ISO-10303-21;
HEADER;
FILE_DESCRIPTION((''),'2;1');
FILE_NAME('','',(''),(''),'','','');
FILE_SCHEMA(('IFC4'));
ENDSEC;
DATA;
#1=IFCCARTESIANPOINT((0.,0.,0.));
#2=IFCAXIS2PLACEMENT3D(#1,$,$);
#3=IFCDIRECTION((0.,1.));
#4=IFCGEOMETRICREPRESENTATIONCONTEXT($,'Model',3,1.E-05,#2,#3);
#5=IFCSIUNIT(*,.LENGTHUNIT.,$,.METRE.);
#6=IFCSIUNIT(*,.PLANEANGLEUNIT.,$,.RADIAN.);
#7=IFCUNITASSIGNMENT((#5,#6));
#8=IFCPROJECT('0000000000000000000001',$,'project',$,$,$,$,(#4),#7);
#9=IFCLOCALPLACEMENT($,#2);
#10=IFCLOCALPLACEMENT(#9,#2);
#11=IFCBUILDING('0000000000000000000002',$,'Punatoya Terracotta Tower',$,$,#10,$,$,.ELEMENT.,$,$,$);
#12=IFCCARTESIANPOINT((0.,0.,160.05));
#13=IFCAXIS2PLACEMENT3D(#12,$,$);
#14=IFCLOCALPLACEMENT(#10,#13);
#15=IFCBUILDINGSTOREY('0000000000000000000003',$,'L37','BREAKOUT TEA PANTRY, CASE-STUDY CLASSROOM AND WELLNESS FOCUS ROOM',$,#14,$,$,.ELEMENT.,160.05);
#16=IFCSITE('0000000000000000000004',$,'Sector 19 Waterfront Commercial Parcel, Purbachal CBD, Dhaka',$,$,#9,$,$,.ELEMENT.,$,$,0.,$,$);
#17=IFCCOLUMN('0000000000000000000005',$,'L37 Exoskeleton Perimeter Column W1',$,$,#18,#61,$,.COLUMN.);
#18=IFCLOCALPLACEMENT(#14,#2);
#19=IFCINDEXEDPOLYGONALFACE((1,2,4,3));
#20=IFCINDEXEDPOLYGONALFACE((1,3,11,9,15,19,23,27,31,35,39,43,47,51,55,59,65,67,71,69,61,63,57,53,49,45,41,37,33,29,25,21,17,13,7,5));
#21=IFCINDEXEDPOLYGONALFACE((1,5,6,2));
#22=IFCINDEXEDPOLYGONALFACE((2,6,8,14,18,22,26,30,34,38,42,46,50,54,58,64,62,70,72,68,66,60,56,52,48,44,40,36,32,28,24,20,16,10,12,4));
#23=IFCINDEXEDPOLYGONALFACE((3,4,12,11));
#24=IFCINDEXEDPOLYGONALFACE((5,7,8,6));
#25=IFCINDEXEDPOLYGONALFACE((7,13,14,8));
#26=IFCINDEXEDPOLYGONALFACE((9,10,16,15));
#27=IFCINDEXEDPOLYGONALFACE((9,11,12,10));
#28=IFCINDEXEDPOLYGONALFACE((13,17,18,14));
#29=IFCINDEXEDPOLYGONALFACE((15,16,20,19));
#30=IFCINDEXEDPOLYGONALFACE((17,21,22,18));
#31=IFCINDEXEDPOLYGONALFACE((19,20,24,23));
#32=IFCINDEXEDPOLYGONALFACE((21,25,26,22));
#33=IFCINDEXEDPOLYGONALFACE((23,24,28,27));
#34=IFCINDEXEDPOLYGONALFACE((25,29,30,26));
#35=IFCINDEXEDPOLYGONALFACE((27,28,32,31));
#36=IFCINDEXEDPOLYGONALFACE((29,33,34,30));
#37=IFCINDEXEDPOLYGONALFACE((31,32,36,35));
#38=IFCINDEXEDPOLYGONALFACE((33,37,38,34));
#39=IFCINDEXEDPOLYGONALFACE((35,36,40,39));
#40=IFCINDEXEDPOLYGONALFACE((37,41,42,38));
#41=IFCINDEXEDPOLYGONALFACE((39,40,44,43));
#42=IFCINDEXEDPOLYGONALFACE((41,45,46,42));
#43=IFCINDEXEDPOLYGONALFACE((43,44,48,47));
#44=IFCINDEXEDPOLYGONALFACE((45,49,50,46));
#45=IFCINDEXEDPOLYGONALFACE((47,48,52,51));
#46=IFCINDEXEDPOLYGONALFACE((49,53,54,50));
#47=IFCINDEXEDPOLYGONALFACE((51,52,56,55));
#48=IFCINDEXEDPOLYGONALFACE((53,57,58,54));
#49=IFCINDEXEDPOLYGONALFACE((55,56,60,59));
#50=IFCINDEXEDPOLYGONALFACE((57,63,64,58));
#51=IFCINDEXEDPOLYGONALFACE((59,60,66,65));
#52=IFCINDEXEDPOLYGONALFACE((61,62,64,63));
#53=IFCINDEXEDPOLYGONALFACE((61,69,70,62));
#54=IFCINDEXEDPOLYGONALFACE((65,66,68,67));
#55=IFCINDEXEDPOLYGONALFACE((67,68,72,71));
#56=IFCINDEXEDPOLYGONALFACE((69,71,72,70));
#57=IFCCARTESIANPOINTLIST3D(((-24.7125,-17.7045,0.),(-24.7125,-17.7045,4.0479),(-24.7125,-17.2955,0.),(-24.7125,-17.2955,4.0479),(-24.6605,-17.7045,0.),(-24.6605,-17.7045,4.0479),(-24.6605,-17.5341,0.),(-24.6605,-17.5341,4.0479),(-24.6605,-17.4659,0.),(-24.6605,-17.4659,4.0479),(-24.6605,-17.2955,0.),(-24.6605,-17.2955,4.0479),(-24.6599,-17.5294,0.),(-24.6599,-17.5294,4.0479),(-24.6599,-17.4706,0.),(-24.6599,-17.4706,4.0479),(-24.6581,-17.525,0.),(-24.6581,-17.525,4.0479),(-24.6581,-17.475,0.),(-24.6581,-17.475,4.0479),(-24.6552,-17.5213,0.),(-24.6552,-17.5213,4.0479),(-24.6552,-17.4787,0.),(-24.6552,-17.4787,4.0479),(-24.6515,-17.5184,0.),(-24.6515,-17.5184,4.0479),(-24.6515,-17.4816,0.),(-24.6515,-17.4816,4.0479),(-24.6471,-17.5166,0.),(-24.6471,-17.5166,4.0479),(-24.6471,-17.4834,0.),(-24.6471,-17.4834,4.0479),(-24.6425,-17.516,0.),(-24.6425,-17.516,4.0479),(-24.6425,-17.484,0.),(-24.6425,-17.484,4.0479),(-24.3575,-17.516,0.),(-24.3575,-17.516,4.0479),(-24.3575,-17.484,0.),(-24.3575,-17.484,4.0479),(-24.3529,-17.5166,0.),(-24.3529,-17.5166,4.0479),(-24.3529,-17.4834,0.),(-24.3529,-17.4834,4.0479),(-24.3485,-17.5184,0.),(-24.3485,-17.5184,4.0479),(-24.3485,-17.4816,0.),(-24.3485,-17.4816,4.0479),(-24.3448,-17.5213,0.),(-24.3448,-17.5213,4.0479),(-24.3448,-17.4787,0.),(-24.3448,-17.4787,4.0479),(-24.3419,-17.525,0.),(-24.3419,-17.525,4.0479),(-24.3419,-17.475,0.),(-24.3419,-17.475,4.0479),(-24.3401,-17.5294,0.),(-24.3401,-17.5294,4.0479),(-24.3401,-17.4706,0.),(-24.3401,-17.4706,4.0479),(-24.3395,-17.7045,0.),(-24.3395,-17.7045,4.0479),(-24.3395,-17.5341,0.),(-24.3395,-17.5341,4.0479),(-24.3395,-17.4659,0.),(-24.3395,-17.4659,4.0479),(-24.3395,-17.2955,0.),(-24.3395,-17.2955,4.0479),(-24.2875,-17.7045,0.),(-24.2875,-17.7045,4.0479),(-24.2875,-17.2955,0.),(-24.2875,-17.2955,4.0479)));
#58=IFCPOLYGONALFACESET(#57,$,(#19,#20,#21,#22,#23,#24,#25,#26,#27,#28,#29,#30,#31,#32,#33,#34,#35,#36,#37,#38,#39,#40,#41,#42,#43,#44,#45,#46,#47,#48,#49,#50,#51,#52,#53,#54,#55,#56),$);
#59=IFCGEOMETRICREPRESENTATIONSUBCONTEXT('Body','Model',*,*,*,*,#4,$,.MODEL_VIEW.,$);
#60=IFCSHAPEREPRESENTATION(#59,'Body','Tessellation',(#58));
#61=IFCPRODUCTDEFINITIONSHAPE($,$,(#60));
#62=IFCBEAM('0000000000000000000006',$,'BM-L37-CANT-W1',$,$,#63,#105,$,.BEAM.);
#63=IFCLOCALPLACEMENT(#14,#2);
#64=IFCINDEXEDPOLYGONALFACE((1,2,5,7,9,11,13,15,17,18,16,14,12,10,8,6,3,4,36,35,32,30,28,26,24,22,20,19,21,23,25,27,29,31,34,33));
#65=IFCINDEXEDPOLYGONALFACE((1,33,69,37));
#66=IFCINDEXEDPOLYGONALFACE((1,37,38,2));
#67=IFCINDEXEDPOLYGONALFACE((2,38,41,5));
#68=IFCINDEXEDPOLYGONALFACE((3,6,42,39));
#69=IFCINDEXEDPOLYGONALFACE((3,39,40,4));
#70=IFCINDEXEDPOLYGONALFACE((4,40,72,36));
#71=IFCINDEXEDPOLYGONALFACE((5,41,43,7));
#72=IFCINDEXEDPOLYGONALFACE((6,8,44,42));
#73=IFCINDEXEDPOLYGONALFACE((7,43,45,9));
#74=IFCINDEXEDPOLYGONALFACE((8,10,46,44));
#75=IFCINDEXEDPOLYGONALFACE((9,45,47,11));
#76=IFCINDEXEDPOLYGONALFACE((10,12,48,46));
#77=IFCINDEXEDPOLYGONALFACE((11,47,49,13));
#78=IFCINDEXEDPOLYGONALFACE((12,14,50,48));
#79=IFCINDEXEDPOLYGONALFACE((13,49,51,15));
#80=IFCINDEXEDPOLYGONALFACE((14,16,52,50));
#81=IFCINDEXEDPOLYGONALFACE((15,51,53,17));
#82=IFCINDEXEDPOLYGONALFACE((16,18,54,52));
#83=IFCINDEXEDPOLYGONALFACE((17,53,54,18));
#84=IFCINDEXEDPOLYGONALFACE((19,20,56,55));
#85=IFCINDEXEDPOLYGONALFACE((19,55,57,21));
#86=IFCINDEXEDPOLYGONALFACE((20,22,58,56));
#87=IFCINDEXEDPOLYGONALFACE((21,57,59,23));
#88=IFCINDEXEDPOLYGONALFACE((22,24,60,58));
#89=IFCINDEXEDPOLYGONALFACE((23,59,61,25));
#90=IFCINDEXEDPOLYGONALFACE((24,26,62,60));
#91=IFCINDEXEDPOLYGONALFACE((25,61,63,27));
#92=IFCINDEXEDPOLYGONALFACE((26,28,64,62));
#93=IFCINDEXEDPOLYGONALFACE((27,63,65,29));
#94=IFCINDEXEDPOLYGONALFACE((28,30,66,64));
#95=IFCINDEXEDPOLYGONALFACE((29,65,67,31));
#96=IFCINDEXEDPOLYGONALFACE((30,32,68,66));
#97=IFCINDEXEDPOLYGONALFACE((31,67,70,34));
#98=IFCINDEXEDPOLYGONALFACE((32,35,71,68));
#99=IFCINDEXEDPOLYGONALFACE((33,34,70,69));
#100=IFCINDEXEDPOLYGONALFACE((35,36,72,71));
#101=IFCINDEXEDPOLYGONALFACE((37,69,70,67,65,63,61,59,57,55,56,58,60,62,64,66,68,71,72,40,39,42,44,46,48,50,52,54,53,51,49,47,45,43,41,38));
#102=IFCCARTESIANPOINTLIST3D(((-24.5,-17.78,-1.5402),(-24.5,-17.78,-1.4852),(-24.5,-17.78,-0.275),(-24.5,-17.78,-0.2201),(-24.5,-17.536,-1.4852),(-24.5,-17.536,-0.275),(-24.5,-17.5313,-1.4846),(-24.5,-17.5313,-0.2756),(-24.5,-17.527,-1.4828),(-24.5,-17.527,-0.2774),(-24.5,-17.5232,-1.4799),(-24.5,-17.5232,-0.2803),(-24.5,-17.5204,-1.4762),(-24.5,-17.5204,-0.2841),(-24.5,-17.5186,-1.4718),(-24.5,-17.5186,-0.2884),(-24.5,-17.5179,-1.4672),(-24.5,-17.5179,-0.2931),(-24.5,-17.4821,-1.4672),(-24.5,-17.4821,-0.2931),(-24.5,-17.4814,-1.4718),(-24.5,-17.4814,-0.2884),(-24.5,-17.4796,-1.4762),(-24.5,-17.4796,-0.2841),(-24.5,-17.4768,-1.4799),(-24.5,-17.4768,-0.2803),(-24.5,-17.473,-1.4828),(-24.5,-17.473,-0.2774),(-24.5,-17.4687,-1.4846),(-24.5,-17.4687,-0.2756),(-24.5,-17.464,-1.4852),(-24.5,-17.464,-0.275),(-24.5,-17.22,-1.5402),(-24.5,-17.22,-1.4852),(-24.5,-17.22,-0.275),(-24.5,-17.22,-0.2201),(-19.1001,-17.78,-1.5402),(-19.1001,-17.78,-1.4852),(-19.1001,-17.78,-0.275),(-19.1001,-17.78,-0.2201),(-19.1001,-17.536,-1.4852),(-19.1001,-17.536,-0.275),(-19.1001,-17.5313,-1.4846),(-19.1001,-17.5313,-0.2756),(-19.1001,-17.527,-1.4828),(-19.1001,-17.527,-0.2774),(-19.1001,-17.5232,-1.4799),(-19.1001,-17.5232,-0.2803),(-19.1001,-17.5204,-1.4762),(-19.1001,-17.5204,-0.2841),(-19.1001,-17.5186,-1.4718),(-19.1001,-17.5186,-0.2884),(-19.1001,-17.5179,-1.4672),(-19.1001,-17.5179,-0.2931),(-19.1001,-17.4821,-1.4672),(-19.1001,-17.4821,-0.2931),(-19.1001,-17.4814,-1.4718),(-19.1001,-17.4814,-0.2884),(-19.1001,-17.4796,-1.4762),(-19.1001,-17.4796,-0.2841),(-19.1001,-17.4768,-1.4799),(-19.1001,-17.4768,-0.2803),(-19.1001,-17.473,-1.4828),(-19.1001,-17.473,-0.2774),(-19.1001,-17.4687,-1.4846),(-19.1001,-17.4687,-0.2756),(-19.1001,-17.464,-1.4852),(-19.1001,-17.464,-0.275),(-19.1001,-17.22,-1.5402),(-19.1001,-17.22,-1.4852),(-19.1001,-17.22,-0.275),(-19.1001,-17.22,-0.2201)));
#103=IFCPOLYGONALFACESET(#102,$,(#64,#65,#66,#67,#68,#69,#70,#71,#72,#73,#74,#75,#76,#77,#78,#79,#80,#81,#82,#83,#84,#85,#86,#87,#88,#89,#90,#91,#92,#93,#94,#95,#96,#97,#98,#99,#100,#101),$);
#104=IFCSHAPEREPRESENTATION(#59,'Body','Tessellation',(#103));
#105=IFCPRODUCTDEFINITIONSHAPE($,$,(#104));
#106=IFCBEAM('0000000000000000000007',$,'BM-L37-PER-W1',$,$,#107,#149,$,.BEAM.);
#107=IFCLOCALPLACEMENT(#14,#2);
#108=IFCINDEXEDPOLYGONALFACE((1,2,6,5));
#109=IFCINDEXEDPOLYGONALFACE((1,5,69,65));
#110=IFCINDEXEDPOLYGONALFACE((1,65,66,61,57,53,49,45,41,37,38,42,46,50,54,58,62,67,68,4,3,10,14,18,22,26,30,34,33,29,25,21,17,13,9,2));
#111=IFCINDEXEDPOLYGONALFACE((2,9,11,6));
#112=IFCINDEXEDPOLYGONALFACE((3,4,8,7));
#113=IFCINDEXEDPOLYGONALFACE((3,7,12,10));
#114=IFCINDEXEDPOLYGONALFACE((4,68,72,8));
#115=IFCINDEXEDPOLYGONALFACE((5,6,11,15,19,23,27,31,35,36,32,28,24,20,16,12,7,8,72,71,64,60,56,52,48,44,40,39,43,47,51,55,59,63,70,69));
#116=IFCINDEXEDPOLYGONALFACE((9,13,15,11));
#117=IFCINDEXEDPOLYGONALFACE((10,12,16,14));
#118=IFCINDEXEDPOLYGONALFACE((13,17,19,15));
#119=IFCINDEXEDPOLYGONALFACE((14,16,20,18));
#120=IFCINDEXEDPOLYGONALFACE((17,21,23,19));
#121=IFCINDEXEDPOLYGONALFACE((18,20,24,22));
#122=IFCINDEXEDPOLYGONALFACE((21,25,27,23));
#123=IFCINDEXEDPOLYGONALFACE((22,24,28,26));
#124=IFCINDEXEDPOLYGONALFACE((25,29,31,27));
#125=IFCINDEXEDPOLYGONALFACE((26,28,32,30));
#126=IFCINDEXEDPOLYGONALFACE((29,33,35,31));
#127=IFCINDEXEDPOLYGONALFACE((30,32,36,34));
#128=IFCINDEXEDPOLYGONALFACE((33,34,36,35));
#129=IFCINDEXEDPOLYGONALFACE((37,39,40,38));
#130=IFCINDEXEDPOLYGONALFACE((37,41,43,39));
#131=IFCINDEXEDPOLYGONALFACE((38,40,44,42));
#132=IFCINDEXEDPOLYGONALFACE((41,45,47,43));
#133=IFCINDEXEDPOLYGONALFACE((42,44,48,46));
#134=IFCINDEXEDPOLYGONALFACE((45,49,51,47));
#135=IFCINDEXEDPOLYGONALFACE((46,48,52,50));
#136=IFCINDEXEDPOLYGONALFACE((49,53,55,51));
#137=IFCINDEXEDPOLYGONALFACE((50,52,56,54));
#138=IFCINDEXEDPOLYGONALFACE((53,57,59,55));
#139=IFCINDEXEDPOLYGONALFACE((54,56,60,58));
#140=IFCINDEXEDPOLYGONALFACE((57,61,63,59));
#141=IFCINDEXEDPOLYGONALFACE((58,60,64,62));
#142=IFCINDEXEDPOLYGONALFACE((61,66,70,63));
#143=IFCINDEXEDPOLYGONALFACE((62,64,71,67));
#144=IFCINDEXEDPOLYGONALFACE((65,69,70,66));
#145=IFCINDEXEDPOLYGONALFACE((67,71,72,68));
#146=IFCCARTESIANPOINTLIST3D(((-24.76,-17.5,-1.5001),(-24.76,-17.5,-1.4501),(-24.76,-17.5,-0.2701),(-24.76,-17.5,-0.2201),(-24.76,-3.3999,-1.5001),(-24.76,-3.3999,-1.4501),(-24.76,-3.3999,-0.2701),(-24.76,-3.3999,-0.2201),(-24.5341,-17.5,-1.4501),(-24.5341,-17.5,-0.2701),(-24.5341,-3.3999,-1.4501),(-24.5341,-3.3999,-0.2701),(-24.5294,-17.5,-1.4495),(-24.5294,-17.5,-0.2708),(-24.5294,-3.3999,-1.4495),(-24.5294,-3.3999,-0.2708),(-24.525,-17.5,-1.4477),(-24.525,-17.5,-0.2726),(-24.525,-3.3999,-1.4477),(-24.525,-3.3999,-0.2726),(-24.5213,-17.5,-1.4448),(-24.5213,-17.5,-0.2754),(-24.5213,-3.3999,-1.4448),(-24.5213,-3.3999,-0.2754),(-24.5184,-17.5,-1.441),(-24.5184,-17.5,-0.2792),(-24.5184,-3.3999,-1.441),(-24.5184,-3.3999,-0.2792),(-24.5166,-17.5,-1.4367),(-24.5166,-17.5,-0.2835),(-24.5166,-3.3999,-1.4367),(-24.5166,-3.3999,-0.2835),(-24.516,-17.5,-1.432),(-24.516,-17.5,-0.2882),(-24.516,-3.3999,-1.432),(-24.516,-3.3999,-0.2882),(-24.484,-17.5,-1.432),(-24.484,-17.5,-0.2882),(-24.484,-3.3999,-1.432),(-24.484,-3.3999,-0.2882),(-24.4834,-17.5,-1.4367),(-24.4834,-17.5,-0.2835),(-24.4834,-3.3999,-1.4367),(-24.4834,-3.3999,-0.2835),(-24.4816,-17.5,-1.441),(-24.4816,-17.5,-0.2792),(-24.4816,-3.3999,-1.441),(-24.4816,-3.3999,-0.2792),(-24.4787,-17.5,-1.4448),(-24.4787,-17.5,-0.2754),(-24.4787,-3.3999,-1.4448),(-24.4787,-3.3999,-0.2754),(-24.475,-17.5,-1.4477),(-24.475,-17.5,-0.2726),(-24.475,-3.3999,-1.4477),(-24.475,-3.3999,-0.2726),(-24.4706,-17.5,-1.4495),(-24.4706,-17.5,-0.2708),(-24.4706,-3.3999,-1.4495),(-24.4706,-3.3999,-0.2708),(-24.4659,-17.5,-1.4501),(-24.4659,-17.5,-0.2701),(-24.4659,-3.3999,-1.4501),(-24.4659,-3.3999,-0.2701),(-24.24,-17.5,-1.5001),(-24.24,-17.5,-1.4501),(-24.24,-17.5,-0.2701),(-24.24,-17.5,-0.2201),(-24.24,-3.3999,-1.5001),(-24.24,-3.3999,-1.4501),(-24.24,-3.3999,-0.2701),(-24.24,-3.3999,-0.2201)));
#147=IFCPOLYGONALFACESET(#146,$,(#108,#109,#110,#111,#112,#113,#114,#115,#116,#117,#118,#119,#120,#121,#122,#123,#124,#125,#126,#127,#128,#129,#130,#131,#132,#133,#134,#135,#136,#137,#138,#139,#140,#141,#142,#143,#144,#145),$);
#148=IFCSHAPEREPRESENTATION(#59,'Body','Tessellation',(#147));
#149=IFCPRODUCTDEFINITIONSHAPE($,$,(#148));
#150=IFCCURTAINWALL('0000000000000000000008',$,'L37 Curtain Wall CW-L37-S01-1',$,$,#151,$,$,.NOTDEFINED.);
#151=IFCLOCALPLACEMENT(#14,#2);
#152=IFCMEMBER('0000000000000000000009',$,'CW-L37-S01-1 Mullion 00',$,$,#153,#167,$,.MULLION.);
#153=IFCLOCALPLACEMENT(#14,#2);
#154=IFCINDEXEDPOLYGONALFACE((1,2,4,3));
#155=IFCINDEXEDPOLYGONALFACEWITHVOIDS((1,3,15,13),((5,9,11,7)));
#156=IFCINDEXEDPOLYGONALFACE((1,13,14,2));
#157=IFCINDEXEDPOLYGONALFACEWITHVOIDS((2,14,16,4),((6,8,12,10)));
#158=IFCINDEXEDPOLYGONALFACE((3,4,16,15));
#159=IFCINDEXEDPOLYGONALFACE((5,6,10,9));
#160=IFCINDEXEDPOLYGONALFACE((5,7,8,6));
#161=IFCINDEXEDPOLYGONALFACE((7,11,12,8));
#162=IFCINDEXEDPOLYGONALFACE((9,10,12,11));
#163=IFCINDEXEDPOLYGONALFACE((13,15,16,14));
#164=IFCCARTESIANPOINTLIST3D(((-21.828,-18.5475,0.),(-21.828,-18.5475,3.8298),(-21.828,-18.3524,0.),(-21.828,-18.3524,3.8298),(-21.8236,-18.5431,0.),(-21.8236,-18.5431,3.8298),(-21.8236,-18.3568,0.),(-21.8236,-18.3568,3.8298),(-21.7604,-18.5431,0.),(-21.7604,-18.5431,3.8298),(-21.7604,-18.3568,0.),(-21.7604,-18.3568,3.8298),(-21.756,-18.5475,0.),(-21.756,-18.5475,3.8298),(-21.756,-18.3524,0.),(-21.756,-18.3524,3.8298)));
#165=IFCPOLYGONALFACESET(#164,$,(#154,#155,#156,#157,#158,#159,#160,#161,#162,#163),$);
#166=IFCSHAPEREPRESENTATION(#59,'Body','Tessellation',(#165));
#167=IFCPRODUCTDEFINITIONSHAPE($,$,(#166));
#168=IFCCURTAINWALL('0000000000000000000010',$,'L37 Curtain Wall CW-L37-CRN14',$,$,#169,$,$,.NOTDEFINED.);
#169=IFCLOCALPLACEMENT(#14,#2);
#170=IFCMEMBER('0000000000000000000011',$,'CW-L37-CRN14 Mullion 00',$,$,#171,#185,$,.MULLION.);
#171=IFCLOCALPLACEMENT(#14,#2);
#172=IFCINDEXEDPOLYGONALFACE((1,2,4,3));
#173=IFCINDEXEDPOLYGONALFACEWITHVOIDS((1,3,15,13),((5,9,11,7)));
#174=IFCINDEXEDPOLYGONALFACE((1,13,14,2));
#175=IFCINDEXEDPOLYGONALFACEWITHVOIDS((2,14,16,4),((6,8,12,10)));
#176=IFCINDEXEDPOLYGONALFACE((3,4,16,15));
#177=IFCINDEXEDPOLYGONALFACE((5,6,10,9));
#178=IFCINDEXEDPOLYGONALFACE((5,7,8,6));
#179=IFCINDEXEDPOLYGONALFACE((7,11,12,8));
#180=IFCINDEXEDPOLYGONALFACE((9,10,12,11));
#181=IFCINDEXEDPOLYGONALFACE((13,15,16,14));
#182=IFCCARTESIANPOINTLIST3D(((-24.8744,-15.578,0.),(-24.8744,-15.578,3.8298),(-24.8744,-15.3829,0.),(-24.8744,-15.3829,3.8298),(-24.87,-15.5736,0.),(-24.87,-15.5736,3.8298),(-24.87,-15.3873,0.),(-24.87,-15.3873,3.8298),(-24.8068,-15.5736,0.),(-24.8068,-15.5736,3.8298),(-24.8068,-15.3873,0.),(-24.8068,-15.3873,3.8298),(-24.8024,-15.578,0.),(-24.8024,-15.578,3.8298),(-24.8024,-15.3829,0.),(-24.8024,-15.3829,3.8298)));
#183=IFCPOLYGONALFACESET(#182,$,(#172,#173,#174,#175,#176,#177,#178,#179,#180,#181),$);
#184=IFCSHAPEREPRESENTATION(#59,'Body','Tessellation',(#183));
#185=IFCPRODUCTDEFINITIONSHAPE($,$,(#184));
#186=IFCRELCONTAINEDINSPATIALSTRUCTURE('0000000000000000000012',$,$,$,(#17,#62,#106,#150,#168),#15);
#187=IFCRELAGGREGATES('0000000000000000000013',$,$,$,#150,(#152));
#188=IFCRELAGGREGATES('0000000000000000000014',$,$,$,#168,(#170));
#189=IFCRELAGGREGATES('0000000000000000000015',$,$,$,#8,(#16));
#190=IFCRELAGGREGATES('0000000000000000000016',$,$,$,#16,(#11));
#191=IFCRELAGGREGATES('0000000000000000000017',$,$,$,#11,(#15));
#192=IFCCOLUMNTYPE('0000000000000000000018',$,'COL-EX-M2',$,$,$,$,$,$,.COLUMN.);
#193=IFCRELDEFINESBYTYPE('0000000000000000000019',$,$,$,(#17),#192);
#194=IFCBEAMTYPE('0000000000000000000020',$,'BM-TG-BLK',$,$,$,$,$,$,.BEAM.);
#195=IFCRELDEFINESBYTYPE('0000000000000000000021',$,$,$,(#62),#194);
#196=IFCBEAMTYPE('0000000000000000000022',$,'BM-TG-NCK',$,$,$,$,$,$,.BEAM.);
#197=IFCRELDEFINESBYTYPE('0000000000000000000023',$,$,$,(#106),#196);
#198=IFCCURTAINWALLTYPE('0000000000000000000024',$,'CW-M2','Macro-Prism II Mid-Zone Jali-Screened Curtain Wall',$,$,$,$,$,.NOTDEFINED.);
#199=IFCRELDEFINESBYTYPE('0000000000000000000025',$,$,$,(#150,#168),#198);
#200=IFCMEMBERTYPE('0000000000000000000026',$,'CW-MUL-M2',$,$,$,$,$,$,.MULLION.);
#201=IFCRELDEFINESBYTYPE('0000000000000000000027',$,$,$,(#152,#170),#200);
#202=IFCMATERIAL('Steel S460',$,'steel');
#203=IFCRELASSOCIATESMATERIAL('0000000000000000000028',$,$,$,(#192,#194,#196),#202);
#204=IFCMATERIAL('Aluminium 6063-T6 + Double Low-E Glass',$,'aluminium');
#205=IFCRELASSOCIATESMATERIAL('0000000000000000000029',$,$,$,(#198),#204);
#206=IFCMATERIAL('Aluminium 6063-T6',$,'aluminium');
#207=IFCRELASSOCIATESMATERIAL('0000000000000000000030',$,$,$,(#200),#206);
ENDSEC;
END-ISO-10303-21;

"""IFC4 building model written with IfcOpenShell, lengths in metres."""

from ifc_helpers import new_model, si_unit, direction, frame, origin, origin_2d, place, context, subcontext, project, spatial, hollow_rectangle, i_section, extrude, material, material_profile, profile_set, type_object, element, aggregate, save


model = new_model("IFC4")

# Units and contexts
model_context = context("Model", 3, precision=1e-05, world=origin(), true_north=direction((0.0, 1.0)))
body_context = subcontext(model_context, "Body", "Model", "MODEL_VIEW")
ifc_project = project(units=[si_unit("LENGTHUNIT", "METRE"), si_unit("PLANEANGLEUNIT", "RADIAN")], contexts=[model_context])

# Site, building, storey
site_placement = place(None, origin())
site = spatial("IfcSite", under=ifc_project, at=site_placement, Name="Sector 19 Waterfront Commercial Parcel, Purbachal CBD, Dhaka", CompositionType="ELEMENT", RefElevation=0.0)
building_placement = place(site_placement, origin())
building = spatial("IfcBuilding", under=site, at=building_placement, Name="Punatoya Terracotta Tower", CompositionType="ELEMENT")
storey_placement = place(building_placement, frame((0.0, 0.0, 160.05)))
storey = spatial("IfcBuildingStorey", under=building, at=storey_placement, Name="L37", Description="BREAKOUT TEA PANTRY, CASE-STUDY CLASSROOM AND WELLNESS FOCUS ROOM", CompositionType="ELEMENT", Elevation=160.05)

# Column
ifc_material_1 = material(Name="Steel S460", Category="steel")
ifc_material_profile_1 = material_profile(ifc_material_1, i_section(OverallWidth=0.4089, OverallDepth=0.425, WebThickness=0.032, FlangeThickness=0.052, FilletRadius=0.0181, at=origin_2d()))
ifc_profile_set_1 = profile_set([ifc_material_profile_1], Name="Steel S460")
column_type = type_object("IfcColumnType", Name="COL-EX-M2", PredefinedType="COLUMN", material=ifc_profile_set_1)
column_placement = place(storey_placement, frame((-24.5, -17.5, 0.0), z_axis=(0.0, 0.0, 1.0), x_axis=(0.0, 1.0, 0.0)))
element("IfcColumn", 1, at=column_placement, inside=storey, type_object=column_type, Name="L37 Exoskeleton Perimeter Column W1", PredefinedType="COLUMN", context=body_context, shape_type="SweptSolid", body=[
    extrude(i_section(OverallWidth=0.4089, OverallDepth=0.425, WebThickness=0.032, FlangeThickness=0.052, FilletRadius=0.0181, at=origin_2d()), origin(), (0.0, 0.0, 1.0), 4.0479),
])

# Beams
ifc_material_profile_2 = material_profile(ifc_material_1, i_section(OverallWidth=0.5601, OverallDepth=1.3201, WebThickness=0.0359, FlangeThickness=0.0549, FilletRadius=0.0181, at=origin_2d()))
ifc_profile_set_2 = profile_set([ifc_material_profile_2], Name="Steel S460")
beam_type_1 = type_object("IfcBeamType", Name="BM-TG-BLK", PredefinedType="BEAM", material=ifc_profile_set_2)
beam_1_placement = place(storey_placement, frame((-24.5, -17.5, -0.8801), z_axis=(1.0, 0.0, 0.0), x_axis=(0.0, 1.0, 0.0)))
element("IfcBeam", 2, at=beam_1_placement, inside=storey, type_object=beam_type_1, Name="BM-L37-CANT-W1", PredefinedType="BEAM", context=body_context, shape_type="SweptSolid", body=[
    extrude(i_section(OverallWidth=0.5601, OverallDepth=1.3201, WebThickness=0.0359, FlangeThickness=0.0549, FilletRadius=0.0181, at=origin_2d()), origin(), (0.0, 0.0, 1.0), 5.3999),
])
ifc_material_profile_3 = material_profile(ifc_material_1, i_section(OverallWidth=0.52, OverallDepth=1.28, WebThickness=0.032, FlangeThickness=0.05, FilletRadius=0.0181, at=origin_2d()))
ifc_profile_set_3 = profile_set([ifc_material_profile_3], Name="Steel S460")
beam_type_2 = type_object("IfcBeamType", Name="BM-TG-NCK", PredefinedType="BEAM", material=ifc_profile_set_3)
beam_2_placement = place(storey_placement, frame((-24.5, -17.5, -0.8601), z_axis=(0.0, 1.0, 0.0), x_axis=(-1.0, 0.0, 0.0)))
element("IfcBeam", 3, at=beam_2_placement, inside=storey, type_object=beam_type_2, Name="BM-L37-PER-W1", PredefinedType="BEAM", context=body_context, shape_type="SweptSolid", body=[
    extrude(i_section(OverallWidth=0.52, OverallDepth=1.28, WebThickness=0.032, FlangeThickness=0.05, FilletRadius=0.0181, at=origin_2d()), origin(), (0.0, 0.0, 1.0), 14.1001),
])

# Curtain wall, member
ifc_material_2 = material(Name="Aluminium 6063-T6 + Double Low-E Glass", Category="aluminium")
curtain_wall_type = type_object("IfcCurtainWallType", Name="CW-M2", Description="Macro-Prism II Mid-Zone Jali-Screened Curtain Wall", PredefinedType="NOTDEFINED", material=ifc_material_2)
curtain_wall_1_placement = place(storey_placement, origin())
curtain_wall_1 = element("IfcCurtainWall", 4, at=curtain_wall_1_placement, inside=storey, type_object=curtain_wall_type, Name="L37 Curtain Wall CW-L37-S01-1", PredefinedType="NOTDEFINED")
ifc_material_3 = material(Name="Aluminium 6063-T6", Category="aluminium")
ifc_material_profile_4 = material_profile(ifc_material_3, hollow_rectangle(XDim=0.072, YDim=0.1951, WallThickness=0.0044, at=origin_2d()))
ifc_profile_set_4 = profile_set([ifc_material_profile_4], Name="Aluminium 6063-T6")
member_type_1 = type_object("IfcMemberType", Name="CW-MUL-M2", PredefinedType="MULLION", material=ifc_profile_set_4)
member_1_placement = place(storey_placement, frame((-21.792, -18.45, 0.0), z_axis=(0.0, 0.0, 1.0), x_axis=(1.0, 0.0, 0.0)))
member_1 = element("IfcMember", 5, at=member_1_placement, type_object=member_type_1, Name="CW-L37-S01-1 Mullion 00", PredefinedType="MULLION", context=body_context, shape_type="SweptSolid", body=[
    extrude(hollow_rectangle(XDim=0.072, YDim=0.1951, WallThickness=0.0044, at=origin_2d()), origin(), (0.0, 0.0, 1.0), 3.8298),
])

# Curtain wall, member
curtain_wall_2_placement = place(storey_placement, origin())
curtain_wall_2 = element("IfcCurtainWall", 6, at=curtain_wall_2_placement, inside=storey, type_object=curtain_wall_type, Name="L37 Curtain Wall CW-L37-CRN14", PredefinedType="NOTDEFINED")
member_2_placement = place(storey_placement, frame((-24.8384, -15.4805, 0.0), z_axis=(0.0, 0.0, 1.0), x_axis=(1.0, 0.0, 0.0)))
member_2 = element("IfcMember", 7, at=member_2_placement, type_object=member_type_1, Name="CW-L37-CRN14 Mullion 00", PredefinedType="MULLION", context=body_context, shape_type="SweptSolid", body=[
    extrude(hollow_rectangle(XDim=0.072, YDim=0.1951, WallThickness=0.0044, at=origin_2d()), origin(), (0.0, 0.0, 1.0), 3.8298),
])

aggregate(curtain_wall_1, [member_1])

aggregate(curtain_wall_2, [member_2])

save(model, "model.ifc")
